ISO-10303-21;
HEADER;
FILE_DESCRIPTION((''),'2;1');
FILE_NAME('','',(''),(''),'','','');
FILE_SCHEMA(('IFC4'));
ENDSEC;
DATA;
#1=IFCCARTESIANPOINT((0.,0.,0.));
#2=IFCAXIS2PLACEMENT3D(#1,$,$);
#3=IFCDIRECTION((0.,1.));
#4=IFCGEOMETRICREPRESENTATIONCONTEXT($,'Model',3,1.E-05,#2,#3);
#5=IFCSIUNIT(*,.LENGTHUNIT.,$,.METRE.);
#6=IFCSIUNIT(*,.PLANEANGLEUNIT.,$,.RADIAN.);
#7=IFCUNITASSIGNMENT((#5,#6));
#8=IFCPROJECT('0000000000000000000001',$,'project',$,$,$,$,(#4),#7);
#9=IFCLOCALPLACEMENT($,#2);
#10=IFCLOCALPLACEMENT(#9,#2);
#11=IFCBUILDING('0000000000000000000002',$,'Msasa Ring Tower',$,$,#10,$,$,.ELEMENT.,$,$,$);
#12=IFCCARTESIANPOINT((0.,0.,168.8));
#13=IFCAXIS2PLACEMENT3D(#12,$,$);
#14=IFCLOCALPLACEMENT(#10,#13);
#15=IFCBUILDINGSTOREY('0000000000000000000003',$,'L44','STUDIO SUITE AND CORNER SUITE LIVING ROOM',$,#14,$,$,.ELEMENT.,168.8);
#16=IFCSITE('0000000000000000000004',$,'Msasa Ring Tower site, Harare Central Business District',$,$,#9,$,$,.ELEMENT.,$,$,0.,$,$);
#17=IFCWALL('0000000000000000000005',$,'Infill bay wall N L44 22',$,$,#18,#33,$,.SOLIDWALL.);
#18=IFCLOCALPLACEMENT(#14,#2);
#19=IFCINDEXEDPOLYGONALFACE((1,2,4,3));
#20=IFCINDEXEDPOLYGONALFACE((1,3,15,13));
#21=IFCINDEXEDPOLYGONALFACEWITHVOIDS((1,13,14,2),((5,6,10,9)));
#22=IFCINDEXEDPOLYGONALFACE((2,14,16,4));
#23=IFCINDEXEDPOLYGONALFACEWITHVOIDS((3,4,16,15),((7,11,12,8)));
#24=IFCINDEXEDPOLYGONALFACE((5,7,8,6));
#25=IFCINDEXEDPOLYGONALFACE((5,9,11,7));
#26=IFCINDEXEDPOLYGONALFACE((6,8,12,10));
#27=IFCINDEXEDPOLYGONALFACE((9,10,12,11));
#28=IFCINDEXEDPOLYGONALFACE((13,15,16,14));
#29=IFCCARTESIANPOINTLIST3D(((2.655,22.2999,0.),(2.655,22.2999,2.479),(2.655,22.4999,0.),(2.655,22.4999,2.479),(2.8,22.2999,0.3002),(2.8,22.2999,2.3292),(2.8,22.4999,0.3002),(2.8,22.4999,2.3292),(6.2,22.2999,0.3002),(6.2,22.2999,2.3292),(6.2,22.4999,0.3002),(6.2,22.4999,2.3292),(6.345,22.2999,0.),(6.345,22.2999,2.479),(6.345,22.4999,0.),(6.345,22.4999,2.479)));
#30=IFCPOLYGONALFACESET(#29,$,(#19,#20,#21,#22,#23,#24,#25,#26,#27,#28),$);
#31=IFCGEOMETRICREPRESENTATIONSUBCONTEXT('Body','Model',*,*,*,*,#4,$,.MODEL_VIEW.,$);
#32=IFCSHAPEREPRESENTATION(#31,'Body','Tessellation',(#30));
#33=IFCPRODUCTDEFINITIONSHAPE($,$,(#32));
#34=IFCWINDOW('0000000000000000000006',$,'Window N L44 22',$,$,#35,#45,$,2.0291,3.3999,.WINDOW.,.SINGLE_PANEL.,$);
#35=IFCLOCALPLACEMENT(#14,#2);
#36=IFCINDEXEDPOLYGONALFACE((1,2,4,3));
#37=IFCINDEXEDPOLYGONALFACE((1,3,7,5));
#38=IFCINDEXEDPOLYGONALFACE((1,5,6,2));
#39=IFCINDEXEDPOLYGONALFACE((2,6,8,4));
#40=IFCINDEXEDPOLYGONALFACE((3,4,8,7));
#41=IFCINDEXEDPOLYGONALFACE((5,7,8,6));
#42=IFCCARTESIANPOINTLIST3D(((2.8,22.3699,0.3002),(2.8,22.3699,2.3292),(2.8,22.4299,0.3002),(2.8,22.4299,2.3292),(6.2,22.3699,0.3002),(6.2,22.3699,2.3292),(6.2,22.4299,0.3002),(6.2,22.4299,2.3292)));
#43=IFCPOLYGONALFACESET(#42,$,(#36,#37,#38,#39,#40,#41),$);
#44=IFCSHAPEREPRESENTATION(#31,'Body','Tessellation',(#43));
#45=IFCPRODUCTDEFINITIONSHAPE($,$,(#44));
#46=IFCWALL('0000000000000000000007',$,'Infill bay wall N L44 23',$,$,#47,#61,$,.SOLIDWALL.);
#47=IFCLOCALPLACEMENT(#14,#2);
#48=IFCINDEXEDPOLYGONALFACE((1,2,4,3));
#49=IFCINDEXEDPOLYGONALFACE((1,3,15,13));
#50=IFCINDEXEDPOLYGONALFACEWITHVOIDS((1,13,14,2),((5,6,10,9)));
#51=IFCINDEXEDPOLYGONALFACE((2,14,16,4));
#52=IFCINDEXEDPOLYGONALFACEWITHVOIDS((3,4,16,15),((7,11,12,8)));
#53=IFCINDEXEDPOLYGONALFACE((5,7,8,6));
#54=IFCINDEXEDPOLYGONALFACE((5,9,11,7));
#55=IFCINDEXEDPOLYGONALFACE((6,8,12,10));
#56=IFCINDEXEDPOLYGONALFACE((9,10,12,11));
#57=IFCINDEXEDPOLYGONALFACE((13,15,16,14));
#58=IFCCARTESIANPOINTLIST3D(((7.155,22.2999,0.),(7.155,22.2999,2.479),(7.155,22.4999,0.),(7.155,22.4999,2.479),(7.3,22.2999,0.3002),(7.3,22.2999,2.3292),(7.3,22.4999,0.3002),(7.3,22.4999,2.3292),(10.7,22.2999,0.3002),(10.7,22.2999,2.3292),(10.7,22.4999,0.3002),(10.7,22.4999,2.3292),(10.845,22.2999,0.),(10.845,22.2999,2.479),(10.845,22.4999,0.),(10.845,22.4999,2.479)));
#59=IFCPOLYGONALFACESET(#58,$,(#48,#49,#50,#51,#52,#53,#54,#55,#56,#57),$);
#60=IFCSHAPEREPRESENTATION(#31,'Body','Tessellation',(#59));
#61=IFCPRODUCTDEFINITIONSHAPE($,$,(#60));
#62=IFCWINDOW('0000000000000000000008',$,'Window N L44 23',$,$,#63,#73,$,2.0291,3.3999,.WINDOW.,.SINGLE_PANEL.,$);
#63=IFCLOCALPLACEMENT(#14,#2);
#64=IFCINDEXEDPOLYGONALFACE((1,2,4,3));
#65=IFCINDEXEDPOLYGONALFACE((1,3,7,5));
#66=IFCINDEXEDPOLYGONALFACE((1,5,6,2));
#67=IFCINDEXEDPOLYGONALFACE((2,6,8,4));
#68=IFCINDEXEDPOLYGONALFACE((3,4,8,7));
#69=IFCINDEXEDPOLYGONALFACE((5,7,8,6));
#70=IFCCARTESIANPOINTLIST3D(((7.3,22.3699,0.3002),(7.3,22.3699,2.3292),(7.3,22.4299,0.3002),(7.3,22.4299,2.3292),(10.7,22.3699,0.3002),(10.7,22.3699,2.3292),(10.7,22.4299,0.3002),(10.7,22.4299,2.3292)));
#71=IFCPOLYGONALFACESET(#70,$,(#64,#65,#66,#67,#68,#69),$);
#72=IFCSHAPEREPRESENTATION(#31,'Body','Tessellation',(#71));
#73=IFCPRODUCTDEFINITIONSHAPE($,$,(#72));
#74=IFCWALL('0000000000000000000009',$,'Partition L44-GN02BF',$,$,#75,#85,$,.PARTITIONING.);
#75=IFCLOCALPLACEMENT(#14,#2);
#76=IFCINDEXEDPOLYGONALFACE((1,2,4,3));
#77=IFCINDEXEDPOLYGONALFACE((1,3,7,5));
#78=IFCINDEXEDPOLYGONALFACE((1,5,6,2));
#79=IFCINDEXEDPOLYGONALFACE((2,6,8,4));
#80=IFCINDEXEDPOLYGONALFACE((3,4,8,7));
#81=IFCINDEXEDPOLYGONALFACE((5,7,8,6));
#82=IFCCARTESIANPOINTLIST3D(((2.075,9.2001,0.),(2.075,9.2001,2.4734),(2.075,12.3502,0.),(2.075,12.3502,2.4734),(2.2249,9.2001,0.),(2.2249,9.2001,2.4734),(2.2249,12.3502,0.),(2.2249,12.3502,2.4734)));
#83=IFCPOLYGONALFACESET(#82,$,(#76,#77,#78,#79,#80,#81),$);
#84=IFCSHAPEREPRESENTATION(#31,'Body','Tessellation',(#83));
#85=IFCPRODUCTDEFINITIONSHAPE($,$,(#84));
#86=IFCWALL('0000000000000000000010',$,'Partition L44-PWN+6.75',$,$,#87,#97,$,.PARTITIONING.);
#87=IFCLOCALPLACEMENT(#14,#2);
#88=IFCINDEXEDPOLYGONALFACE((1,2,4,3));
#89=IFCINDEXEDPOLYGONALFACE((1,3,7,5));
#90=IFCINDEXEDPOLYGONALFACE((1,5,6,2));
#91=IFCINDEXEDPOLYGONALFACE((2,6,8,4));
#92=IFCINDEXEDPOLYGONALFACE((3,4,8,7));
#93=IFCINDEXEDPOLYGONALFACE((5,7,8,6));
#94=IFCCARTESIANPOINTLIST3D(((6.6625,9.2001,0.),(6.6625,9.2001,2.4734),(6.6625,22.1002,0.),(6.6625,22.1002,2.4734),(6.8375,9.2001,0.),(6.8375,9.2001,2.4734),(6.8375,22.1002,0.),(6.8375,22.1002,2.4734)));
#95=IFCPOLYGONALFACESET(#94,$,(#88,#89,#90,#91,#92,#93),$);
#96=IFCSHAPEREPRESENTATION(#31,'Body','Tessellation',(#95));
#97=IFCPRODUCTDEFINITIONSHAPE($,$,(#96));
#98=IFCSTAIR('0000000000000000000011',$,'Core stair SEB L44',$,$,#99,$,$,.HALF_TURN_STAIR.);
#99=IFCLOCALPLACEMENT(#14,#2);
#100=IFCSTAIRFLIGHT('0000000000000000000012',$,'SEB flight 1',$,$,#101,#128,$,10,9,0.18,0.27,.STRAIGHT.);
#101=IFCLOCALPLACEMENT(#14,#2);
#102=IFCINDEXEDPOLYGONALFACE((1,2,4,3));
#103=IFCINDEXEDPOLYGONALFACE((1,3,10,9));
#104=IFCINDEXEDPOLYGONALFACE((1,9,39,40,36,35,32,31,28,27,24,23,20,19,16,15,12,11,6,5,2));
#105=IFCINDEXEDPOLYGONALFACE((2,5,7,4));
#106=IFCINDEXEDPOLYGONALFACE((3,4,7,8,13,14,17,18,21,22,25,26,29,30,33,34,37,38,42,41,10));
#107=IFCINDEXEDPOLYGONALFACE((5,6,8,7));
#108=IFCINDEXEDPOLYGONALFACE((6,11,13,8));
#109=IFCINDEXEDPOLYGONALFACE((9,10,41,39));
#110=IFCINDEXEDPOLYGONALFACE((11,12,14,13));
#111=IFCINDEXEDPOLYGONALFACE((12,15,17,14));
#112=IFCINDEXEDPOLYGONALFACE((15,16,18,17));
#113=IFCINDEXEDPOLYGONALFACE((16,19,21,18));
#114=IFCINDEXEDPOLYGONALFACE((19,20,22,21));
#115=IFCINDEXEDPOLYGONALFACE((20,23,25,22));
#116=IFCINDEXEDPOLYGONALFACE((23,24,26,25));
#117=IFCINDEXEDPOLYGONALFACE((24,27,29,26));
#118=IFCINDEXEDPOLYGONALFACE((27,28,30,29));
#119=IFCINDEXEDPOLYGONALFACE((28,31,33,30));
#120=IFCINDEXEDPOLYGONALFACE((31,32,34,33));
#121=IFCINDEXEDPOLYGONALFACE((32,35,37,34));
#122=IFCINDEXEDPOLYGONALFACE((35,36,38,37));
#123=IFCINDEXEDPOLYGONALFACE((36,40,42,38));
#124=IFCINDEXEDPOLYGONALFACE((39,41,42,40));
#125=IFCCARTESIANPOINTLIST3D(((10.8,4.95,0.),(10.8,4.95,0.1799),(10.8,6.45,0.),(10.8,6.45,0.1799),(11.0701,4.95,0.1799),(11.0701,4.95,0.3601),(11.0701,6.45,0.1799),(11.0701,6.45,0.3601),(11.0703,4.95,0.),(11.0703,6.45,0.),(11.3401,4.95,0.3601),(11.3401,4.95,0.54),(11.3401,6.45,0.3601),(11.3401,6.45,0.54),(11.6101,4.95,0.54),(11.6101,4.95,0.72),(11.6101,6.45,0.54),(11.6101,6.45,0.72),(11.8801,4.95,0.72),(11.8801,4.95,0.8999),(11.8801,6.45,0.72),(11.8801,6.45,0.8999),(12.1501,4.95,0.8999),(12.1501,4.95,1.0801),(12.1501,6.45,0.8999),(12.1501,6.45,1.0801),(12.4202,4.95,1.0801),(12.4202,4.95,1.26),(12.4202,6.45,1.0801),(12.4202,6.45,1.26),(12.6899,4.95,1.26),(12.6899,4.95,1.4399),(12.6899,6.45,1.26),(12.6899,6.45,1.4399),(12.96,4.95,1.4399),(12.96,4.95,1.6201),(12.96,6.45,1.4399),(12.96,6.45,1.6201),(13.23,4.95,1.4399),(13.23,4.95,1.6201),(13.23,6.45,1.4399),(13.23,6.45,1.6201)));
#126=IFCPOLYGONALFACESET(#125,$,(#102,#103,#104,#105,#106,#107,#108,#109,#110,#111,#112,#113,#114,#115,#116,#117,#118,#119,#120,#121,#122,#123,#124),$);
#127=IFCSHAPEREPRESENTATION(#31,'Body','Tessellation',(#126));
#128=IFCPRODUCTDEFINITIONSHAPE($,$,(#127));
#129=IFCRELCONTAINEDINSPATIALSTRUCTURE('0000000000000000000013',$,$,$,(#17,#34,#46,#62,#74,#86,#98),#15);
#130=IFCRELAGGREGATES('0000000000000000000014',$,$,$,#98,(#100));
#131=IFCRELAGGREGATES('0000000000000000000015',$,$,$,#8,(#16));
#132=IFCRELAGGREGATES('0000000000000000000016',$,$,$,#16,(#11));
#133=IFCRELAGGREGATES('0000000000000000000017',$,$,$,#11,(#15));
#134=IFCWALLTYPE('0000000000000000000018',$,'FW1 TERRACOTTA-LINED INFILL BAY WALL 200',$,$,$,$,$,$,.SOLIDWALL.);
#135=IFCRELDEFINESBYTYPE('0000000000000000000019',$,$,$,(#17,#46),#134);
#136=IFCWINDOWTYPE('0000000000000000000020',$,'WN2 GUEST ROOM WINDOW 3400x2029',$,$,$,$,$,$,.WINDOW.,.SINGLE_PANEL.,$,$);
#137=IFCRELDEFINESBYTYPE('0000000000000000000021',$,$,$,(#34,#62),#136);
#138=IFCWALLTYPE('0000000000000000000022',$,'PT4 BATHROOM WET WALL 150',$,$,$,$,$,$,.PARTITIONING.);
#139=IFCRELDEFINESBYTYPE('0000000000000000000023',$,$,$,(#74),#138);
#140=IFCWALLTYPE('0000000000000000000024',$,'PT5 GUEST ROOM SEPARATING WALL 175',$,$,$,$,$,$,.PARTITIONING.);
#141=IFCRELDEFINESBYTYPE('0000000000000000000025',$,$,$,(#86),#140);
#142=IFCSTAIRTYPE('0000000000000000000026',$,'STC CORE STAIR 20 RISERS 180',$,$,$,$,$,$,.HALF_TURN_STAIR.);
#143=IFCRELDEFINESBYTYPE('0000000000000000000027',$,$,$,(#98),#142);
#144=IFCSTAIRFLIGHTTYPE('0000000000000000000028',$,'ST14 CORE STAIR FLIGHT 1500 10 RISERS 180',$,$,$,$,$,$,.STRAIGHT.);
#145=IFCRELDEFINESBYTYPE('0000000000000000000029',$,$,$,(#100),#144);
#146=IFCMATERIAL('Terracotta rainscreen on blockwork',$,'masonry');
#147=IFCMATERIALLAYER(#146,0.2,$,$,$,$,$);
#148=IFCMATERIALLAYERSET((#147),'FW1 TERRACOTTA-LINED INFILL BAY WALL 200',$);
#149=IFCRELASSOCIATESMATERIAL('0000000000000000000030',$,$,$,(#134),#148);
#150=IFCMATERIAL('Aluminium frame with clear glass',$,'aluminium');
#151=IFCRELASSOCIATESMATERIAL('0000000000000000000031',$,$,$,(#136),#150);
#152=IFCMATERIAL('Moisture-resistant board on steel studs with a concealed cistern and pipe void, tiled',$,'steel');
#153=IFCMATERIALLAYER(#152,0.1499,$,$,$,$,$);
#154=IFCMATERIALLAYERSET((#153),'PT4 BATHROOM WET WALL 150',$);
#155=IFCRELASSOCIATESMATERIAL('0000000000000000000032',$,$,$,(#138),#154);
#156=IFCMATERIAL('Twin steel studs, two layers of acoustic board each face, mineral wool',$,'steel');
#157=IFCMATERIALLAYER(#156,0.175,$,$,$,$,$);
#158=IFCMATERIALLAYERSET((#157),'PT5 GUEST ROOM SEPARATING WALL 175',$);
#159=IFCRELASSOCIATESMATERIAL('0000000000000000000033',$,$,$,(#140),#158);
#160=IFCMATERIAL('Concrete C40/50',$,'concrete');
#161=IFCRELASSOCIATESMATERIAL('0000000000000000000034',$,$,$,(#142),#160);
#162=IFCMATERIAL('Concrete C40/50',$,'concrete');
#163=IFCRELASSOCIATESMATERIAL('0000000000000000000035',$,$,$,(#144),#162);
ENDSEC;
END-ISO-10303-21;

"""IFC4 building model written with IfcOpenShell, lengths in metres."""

from ifc_helpers import new_model, si_unit, direction, frame, frame_2d, origin, place, context, subcontext, project, spatial, polyline, rectangle, outline, extrude, material, layer, layer_set, type_object, element, fill, aggregate, save


model = new_model("IFC4")

# Units and contexts
model_context = context("Model", 3, precision=1e-05, world=origin(), true_north=direction((0.0, 1.0)))
body_context = subcontext(model_context, "Body", "Model", "MODEL_VIEW")
ifc_project = project(units=[si_unit("LENGTHUNIT", "METRE"), si_unit("PLANEANGLEUNIT", "RADIAN")], contexts=[model_context])

# Site, building, storey
site_placement = place(None, origin())
site = spatial("IfcSite", under=ifc_project, at=site_placement, Name="Msasa Ring Tower site, Harare Central Business District", CompositionType="ELEMENT", RefElevation=0.0)
building_placement = place(site_placement, origin())
building = spatial("IfcBuilding", under=site, at=building_placement, Name="Msasa Ring Tower", CompositionType="ELEMENT")
storey_placement = place(building_placement, frame((0.0, 0.0, 168.8)))
storey = spatial("IfcBuildingStorey", under=building, at=storey_placement, Name="L44", Description="STUDIO SUITE AND CORNER SUITE LIVING ROOM", CompositionType="ELEMENT", Elevation=168.8)

# Walls, openings, windows
ifc_material_1 = material(Name="Terracotta rainscreen on blockwork", Category="masonry")
ifc_layer_1 = layer(ifc_material_1, 0.2)
ifc_layer_set_1 = layer_set([ifc_layer_1], Name="FW1 TERRACOTTA-LINED INFILL BAY WALL 200")
wall_type_1 = type_object("IfcWallType", Name="FW1 TERRACOTTA-LINED INFILL BAY WALL 200", PredefinedType="SOLIDWALL", material=ifc_layer_set_1)
wall_1_placement = place(storey_placement, frame((2.655, 22.3999, 0.0), z_axis=(0.0, 0.0, 1.0), x_axis=(1.0, 0.0, 0.0)))
wall_1 = element("IfcWall", 1, at=wall_1_placement, inside=storey, type_object=wall_type_1, Name="Infill bay wall N L44 22", PredefinedType="SOLIDWALL", context=body_context, shape_type="SweptSolid", body=[
    extrude(rectangle(XDim=3.6899, YDim=0.2, at=frame_2d((1.845, 0.0))), origin(), (0.0, 0.0, 1.0), 2.479),
])
opening_1_placement = place(wall_1_placement, frame((0.145, 0.0, 0.3)))
opening_1 = element("IfcOpeningElement", 2, at=opening_1_placement, cuts=wall_1, PredefinedType="OPENING", context=body_context, shape_type="SweptSolid", body=[
    extrude(rectangle(XDim=3.3999, YDim=2.0291, at=frame_2d((1.7, 1.0146))), frame((0.0, 0.1099, 0.0), z_axis=(0.0, -1.0, 0.0), x_axis=(1.0, 0.0, 0.0)), (0.0, 0.0, 1.0), 0.22),
])
ifc_material_2 = material(Name="Aluminium frame with clear glass", Category="aluminium")
window_type = type_object("IfcWindowType", Name="WN2 GUEST ROOM WINDOW 3400x2029", PartitioningType="SINGLE_PANEL", PredefinedType="WINDOW", material=ifc_material_2)
window_1_placement = place(opening_1_placement, origin())
window_1 = element("IfcWindow", 3, at=window_1_placement, inside=storey, type_object=window_type, Name="Window N L44 22", OverallHeight=2.0291, OverallWidth=3.3999, PartitioningType="SINGLE_PANEL", PredefinedType="WINDOW", context=body_context, shape_type="SweptSolid", body=[
    extrude(rectangle(XDim=3.3999, YDim=2.0291, at=frame_2d((1.7, 1.0146))), frame((0.0, 0.03, 0.0), z_axis=(0.0, -1.0, 0.0), x_axis=(1.0, 0.0, 0.0)), (0.0, 0.0, 1.0), 0.0601),
])
fill(opening_1, window_1)
wall_2_placement = place(storey_placement, frame((7.155, 22.3999, 0.0), z_axis=(0.0, 0.0, 1.0), x_axis=(1.0, 0.0, 0.0)))
wall_2 = element("IfcWall", 4, at=wall_2_placement, inside=storey, type_object=wall_type_1, Name="Infill bay wall N L44 23", PredefinedType="SOLIDWALL", context=body_context, shape_type="SweptSolid", body=[
    extrude(rectangle(XDim=3.6899, YDim=0.2, at=frame_2d((1.845, 0.0))), origin(), (0.0, 0.0, 1.0), 2.479),
])
opening_2_placement = place(wall_2_placement, frame((0.145, 0.0, 0.3)))
opening_2 = element("IfcOpeningElement", 5, at=opening_2_placement, cuts=wall_2, PredefinedType="OPENING", context=body_context, shape_type="SweptSolid", body=[
    extrude(rectangle(XDim=3.3999, YDim=2.0291, at=frame_2d((1.7, 1.0146))), frame((0.0, 0.1099, 0.0), z_axis=(0.0, -1.0, 0.0), x_axis=(1.0, 0.0, 0.0)), (0.0, 0.0, 1.0), 0.22),
])
window_2_placement = place(opening_2_placement, origin())
window_2 = element("IfcWindow", 6, at=window_2_placement, inside=storey, type_object=window_type, Name="Window N L44 23", OverallHeight=2.0291, OverallWidth=3.3999, PartitioningType="SINGLE_PANEL", PredefinedType="WINDOW", context=body_context, shape_type="SweptSolid", body=[
    extrude(rectangle(XDim=3.3999, YDim=2.0291, at=frame_2d((1.7, 1.0146))), frame((0.0, 0.03, 0.0), z_axis=(0.0, -1.0, 0.0), x_axis=(1.0, 0.0, 0.0)), (0.0, 0.0, 1.0), 0.0601),
])
fill(opening_2, window_2)

# Walls
ifc_material_3 = material(Name="Moisture-resistant board on steel studs with a concealed cistern and pipe void, tiled", Category="steel")
ifc_layer_2 = layer(ifc_material_3, 0.1499)
ifc_layer_set_2 = layer_set([ifc_layer_2], Name="PT4 BATHROOM WET WALL 150")
wall_type_2 = type_object("IfcWallType", Name="PT4 BATHROOM WET WALL 150", PredefinedType="PARTITIONING", material=ifc_layer_set_2)
wall_3_placement = place(storey_placement, frame((2.1499, 9.2, 0.0), z_axis=(0.0, 0.0, 1.0), x_axis=(0.0, 1.0, 0.0)))
element("IfcWall", 7, at=wall_3_placement, inside=storey, type_object=wall_type_2, Name="Partition L44-GN02BF", PredefinedType="PARTITIONING", context=body_context, shape_type="SweptSolid", body=[
    extrude(rectangle(XDim=3.1501, YDim=0.1499, at=frame_2d((1.5752, 0.0))), origin(), (0.0, 0.0, 1.0), 2.4734),
])
ifc_material_4 = material(Name="Twin steel studs, two layers of acoustic board each face, mineral wool", Category="steel")
ifc_layer_3 = layer(ifc_material_4, 0.175)
ifc_layer_set_3 = layer_set([ifc_layer_3], Name="PT5 GUEST ROOM SEPARATING WALL 175")
wall_type_3 = type_object("IfcWallType", Name="PT5 GUEST ROOM SEPARATING WALL 175", PredefinedType="PARTITIONING", material=ifc_layer_set_3)
wall_4_placement = place(storey_placement, frame((6.75, 9.2, 0.0), z_axis=(0.0, 0.0, 1.0), x_axis=(0.0, 1.0, 0.0)))
element("IfcWall", 8, at=wall_4_placement, inside=storey, type_object=wall_type_3, Name="Partition L44-PWN+6.75", PredefinedType="PARTITIONING", context=body_context, shape_type="SweptSolid", body=[
    extrude(rectangle(XDim=12.9001, YDim=0.175, at=frame_2d((6.4502, 0.0))), origin(), (0.0, 0.0, 1.0), 2.4734),
])

# Stair, stair flight
ifc_material_5 = material(Name="Concrete C40/50", Category="concrete")
stair_type = type_object("IfcStairType", Name="STC CORE STAIR 20 RISERS 180", PredefinedType="HALF_TURN_STAIR", material=ifc_material_5)
stair_placement = place(storey_placement, origin())
stair = element("IfcStair", 9, at=stair_placement, inside=storey, type_object=stair_type, Name="Core stair SEB L44", PredefinedType="HALF_TURN_STAIR")
ifc_material_6 = material(Name="Concrete C40/50", Category="concrete")
stair_flight_type = type_object("IfcStairFlightType", Name="ST14 CORE STAIR FLIGHT 1500 10 RISERS 180", PredefinedType="STRAIGHT", material=ifc_material_6)
stair_flight_placement = place(storey_placement, frame((10.8, 5.7, 0.0), z_axis=(0.0, 0.0, 1.0), x_axis=(1.0, 0.0, 0.0)))
stair_flight = element("IfcStairFlight", 10, at=stair_flight_placement, type_object=stair_flight_type, Name="SEB flight 1", NumberOfRisers=10, NumberOfTreads=9, PredefinedType="STRAIGHT", RiserHeight=0.18, TreadLength=0.27, context=body_context, shape_type="SweptSolid", body=[
    extrude(outline(polyline([(0.0, 0.0), (0.0, 0.1799), (0.27, 0.1799), (0.27, 0.3601), (0.54, 0.3601), (0.54, 0.54), (0.8101, 0.54), (0.8101, 0.72), (1.0801, 0.72), (1.0801, 0.8999), (1.3501, 0.8999), (1.3501, 1.0801), (1.6201, 1.0801), (1.6201, 1.26), (1.8899, 1.26), (1.8899, 1.4399), (2.1599, 1.4399), (2.1599, 1.6201), (2.4299, 1.6201), (2.4299, 1.8), (2.4299, 1.4399), (0.2703, 0.0), (0.0, 0.0)])), frame((0.0, 0.75, 0.0), z_axis=(0.0, -1.0, 0.0), x_axis=(1.0, 0.0, 0.0)), (0.0, 0.0, 1.0), 1.5),
])
aggregate(stair, [stair_flight])

save(model, "model.ifc")
